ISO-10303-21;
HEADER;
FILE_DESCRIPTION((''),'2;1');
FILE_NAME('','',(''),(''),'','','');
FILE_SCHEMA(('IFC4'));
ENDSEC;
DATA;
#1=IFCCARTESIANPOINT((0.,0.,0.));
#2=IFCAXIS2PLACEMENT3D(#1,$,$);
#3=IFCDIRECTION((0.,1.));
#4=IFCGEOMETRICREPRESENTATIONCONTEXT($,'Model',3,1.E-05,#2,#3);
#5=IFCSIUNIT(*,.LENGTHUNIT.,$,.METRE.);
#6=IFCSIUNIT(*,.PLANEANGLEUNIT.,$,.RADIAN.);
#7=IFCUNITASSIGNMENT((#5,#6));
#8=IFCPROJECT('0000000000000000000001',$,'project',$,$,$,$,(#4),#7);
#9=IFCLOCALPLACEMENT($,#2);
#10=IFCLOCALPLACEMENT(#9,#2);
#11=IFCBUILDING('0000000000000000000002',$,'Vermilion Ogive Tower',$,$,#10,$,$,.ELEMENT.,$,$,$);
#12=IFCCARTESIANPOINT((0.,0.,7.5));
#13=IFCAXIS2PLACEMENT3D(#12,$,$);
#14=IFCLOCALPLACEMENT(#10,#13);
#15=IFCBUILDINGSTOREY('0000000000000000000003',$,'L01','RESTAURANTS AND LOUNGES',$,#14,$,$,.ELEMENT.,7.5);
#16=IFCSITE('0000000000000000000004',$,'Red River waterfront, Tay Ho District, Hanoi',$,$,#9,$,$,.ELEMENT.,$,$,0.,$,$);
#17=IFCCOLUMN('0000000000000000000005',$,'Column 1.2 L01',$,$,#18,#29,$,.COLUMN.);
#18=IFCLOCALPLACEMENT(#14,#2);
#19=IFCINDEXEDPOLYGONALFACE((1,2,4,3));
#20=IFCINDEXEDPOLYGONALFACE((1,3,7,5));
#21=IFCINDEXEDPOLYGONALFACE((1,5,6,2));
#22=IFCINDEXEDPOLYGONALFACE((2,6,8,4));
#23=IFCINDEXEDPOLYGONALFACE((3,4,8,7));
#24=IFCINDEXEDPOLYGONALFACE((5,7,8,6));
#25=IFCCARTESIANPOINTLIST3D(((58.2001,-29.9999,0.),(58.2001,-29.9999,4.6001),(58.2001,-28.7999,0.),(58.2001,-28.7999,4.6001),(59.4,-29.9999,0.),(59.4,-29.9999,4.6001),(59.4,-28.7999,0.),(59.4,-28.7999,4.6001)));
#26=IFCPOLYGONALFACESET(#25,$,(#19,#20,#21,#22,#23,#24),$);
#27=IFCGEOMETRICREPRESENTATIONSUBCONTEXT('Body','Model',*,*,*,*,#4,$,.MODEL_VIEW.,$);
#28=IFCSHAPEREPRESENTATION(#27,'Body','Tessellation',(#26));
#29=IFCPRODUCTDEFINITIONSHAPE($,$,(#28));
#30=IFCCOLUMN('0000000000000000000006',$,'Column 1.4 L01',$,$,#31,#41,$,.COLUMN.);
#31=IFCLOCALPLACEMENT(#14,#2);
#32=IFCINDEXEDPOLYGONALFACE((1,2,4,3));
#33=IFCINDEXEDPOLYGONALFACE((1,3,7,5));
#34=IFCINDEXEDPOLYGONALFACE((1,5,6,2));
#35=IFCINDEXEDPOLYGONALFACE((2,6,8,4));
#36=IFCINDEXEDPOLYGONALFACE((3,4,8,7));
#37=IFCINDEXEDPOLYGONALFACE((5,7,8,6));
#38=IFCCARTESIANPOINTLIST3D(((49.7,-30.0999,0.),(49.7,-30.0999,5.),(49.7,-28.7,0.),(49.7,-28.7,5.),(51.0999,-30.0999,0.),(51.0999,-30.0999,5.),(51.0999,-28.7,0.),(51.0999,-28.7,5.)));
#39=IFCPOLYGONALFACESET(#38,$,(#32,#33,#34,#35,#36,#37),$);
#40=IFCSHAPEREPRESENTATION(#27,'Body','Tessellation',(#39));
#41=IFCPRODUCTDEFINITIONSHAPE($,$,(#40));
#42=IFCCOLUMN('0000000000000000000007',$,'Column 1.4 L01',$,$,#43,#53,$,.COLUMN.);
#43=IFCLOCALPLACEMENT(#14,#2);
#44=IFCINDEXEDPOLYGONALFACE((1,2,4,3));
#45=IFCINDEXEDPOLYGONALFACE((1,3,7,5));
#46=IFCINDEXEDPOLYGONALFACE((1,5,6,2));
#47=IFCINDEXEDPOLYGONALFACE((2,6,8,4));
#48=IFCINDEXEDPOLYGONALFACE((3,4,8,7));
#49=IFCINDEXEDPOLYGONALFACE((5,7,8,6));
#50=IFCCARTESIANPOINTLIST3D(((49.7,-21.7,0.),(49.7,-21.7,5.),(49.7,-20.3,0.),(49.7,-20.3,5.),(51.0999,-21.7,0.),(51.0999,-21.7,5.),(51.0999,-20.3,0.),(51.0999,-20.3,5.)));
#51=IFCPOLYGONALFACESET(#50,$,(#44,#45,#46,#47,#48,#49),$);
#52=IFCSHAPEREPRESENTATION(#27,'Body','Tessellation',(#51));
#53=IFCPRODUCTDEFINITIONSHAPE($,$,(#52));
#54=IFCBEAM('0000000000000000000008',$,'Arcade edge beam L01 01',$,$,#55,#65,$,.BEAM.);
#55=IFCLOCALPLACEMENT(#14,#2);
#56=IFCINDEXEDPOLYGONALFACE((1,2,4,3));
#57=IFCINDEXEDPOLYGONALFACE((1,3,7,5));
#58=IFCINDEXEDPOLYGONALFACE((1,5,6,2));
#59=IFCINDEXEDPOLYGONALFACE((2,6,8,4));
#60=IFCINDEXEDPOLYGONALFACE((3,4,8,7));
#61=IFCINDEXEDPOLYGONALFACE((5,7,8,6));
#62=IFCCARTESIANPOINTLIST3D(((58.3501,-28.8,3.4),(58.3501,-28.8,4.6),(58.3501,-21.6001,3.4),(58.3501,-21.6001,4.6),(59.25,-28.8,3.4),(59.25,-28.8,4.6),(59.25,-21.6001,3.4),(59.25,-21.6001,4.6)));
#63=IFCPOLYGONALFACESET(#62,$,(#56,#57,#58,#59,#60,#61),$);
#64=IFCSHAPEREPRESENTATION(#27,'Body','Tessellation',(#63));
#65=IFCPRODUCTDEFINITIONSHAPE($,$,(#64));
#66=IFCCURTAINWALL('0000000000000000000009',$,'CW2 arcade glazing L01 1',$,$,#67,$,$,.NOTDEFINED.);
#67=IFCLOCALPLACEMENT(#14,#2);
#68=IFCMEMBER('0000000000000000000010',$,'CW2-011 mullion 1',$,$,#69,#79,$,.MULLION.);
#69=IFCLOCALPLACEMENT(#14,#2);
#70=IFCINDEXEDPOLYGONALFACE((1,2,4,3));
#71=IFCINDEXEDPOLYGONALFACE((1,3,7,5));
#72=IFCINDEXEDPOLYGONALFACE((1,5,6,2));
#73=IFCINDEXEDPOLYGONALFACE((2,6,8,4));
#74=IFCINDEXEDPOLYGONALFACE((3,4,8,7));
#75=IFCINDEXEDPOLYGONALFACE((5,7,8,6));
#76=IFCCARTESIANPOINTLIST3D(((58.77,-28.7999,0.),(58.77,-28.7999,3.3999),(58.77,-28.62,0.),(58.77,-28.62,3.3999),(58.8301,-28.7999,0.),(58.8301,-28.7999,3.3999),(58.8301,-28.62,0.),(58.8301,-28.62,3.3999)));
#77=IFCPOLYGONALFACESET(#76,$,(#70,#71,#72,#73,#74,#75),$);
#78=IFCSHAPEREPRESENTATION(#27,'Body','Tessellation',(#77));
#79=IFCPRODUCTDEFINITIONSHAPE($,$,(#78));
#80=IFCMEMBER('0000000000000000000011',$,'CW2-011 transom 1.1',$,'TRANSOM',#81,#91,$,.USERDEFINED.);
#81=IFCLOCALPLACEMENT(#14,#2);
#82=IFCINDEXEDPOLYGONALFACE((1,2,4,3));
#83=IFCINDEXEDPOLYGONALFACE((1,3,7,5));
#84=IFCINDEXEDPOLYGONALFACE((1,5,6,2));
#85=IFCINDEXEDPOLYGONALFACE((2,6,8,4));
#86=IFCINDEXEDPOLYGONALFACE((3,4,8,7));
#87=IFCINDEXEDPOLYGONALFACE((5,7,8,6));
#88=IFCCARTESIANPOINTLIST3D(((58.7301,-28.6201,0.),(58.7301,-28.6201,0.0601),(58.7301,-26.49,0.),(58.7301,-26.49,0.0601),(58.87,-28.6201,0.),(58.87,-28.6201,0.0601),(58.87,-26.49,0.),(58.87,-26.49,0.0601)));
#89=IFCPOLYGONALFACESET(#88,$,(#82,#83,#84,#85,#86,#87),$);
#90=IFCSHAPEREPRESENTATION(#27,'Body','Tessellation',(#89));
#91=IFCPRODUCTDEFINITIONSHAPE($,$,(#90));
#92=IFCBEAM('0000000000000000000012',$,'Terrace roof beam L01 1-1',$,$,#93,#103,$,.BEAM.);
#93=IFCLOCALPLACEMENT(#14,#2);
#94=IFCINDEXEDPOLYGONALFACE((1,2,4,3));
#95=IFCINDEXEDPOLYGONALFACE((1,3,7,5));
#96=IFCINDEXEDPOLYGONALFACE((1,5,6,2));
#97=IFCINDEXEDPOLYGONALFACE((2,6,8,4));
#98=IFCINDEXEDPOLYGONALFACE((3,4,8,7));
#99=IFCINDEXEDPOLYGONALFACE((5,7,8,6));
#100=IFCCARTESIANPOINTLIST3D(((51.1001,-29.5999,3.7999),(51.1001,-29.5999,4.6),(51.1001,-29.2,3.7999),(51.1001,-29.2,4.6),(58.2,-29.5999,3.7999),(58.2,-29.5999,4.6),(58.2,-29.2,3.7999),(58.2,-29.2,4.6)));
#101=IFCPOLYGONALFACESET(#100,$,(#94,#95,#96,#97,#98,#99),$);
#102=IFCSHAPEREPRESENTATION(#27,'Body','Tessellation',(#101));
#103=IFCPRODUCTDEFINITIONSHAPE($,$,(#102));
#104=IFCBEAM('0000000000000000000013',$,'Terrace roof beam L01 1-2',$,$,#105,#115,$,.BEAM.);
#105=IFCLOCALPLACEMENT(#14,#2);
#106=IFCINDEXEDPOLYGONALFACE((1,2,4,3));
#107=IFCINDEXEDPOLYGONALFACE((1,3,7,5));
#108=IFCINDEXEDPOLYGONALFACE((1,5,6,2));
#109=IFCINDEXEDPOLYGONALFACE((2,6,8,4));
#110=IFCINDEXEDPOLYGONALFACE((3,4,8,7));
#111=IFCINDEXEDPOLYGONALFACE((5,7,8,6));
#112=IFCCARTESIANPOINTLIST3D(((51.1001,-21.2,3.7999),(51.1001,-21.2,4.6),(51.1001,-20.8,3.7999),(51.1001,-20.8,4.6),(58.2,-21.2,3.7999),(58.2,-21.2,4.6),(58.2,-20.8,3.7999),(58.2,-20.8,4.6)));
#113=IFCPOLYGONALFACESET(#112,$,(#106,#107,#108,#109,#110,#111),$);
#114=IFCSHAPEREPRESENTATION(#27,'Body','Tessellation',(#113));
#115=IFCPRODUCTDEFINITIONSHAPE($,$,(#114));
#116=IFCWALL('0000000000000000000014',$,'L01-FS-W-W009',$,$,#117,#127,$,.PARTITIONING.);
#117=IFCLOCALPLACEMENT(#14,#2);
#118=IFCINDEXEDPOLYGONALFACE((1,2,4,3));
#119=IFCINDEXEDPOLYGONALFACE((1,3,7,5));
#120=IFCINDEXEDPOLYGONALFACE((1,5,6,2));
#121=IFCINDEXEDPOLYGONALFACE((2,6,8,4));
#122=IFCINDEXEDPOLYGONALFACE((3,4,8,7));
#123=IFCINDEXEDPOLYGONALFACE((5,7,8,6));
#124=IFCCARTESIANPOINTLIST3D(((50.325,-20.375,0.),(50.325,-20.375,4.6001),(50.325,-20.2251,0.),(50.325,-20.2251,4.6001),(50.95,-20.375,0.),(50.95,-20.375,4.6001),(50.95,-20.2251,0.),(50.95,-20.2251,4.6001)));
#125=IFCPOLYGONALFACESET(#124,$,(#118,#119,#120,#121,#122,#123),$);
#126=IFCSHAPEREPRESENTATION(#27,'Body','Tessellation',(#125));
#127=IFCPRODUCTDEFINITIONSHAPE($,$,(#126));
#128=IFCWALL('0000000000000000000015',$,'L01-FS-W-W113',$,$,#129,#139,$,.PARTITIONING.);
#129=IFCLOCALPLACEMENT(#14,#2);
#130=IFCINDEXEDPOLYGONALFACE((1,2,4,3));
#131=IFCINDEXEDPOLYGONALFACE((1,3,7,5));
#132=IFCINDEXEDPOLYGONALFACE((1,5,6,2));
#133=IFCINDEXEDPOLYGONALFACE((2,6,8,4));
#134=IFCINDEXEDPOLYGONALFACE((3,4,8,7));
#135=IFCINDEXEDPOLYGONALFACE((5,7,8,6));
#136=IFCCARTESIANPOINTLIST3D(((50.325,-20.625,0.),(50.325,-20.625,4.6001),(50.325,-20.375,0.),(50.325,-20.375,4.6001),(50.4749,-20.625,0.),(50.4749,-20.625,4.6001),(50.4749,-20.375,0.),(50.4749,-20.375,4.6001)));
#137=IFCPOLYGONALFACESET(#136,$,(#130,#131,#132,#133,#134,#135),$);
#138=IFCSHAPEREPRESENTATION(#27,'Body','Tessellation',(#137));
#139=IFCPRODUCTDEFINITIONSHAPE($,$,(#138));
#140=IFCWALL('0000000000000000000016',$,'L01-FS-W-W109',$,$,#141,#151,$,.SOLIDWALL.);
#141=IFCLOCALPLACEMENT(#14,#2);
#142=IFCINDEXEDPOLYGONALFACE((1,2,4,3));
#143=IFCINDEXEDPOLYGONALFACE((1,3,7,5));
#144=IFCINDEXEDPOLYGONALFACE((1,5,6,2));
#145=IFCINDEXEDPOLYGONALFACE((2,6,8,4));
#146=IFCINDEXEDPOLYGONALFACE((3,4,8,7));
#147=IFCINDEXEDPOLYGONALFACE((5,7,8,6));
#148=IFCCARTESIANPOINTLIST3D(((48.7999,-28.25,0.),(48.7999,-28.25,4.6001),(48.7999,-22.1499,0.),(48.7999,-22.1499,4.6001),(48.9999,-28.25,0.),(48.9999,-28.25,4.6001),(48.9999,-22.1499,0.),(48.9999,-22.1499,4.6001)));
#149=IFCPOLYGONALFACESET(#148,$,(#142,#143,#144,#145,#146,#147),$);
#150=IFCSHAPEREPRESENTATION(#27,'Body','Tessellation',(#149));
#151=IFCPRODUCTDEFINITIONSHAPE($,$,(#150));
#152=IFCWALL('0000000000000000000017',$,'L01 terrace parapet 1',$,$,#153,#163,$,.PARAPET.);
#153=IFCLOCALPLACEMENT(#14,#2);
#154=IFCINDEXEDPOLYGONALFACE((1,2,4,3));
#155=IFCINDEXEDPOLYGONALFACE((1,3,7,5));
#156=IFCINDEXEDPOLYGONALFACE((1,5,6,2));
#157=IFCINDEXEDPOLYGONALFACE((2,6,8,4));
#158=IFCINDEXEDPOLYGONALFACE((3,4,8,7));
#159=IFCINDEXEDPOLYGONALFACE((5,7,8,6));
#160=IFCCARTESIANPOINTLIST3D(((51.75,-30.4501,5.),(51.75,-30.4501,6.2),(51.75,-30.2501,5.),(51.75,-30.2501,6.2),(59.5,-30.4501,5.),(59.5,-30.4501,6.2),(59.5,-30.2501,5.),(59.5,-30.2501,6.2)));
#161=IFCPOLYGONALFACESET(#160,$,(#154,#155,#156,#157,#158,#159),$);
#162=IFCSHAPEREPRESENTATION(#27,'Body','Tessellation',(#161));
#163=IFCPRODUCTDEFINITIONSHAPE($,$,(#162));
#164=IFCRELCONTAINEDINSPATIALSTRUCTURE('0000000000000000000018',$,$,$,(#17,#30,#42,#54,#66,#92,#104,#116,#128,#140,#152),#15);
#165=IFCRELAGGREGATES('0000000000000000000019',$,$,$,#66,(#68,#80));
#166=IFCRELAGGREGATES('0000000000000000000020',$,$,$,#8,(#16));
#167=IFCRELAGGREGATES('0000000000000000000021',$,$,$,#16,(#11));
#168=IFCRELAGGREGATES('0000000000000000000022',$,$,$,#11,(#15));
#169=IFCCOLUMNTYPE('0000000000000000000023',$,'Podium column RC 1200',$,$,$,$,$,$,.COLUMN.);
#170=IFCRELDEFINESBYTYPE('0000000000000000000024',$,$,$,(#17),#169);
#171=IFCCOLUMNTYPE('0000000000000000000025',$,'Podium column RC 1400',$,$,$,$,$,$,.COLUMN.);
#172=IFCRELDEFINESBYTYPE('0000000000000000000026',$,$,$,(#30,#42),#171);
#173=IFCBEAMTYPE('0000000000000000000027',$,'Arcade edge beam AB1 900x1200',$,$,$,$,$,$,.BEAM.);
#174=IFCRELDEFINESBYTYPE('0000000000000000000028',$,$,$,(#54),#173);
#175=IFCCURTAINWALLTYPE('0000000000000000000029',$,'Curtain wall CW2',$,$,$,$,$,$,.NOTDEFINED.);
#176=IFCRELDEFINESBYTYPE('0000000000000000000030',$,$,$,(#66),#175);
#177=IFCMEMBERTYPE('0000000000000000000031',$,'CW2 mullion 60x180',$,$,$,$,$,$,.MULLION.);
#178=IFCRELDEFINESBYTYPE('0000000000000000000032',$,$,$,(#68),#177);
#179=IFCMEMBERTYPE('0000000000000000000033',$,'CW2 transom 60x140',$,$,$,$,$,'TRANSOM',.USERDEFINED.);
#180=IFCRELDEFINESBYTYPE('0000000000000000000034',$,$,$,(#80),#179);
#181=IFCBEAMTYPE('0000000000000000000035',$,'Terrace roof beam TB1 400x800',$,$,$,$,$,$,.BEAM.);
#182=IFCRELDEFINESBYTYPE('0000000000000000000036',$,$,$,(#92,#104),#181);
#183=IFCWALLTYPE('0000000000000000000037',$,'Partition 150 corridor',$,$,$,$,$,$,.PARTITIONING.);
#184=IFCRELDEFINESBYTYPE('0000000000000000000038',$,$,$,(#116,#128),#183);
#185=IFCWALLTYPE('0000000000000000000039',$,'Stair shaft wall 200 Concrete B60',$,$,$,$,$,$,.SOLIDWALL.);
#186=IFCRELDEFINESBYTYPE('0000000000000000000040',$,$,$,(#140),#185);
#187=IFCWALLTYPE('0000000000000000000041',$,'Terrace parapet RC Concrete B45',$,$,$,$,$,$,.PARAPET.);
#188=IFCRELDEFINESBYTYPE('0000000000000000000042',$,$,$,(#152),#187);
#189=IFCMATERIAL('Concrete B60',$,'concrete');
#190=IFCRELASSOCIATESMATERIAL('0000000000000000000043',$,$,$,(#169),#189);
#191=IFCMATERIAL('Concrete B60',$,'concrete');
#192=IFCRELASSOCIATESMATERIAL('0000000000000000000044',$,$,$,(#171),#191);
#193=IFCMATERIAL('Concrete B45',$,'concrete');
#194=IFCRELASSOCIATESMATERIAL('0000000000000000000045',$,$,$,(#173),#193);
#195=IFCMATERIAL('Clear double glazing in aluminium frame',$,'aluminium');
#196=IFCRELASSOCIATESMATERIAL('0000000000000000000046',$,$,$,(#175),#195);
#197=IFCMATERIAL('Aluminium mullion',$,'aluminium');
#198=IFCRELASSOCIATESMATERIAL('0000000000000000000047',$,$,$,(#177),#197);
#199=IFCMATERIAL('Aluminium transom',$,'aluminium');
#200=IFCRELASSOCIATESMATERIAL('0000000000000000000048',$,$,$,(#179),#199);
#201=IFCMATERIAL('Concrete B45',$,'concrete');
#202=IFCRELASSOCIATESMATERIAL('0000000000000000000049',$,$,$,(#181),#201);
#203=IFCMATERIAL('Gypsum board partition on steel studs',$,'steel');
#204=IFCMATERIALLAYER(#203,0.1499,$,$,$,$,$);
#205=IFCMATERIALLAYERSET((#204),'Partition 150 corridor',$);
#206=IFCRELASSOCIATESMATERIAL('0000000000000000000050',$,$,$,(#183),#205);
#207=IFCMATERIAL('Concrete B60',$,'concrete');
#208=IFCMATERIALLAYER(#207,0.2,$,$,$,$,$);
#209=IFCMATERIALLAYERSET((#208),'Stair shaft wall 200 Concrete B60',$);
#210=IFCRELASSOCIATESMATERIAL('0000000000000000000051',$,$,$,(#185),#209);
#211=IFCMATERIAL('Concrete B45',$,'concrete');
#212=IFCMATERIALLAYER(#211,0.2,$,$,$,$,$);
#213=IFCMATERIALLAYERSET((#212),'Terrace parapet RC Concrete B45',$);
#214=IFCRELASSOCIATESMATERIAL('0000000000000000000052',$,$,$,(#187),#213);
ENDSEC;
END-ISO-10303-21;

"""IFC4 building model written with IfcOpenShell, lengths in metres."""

from ifc_helpers import new_model, si_unit, direction, frame, frame_2d, origin, origin_2d, place, context, subcontext, project, spatial, rectangle, extrude, material, layer, layer_set, material_profile, profile_set, type_object, element, aggregate, save


model = new_model("IFC4")

# Units and contexts
model_context = context("Model", 3, precision=1e-05, world=origin(), true_north=direction((0.0, 1.0)))
body_context = subcontext(model_context, "Body", "Model", "MODEL_VIEW")
ifc_project = project(units=[si_unit("LENGTHUNIT", "METRE"), si_unit("PLANEANGLEUNIT", "RADIAN")], contexts=[model_context])

# Site, building, storey
site_placement = place(None, origin())
site = spatial("IfcSite", under=ifc_project, at=site_placement, Name="Red River waterfront, Tay Ho District, Hanoi", CompositionType="ELEMENT", RefElevation=0.0)
building_placement = place(site_placement, origin())
building = spatial("IfcBuilding", under=site, at=building_placement, Name="Vermilion Ogive Tower", CompositionType="ELEMENT")
storey_placement = place(building_placement, frame((0.0, 0.0, 7.5)))
storey = spatial("IfcBuildingStorey", under=building, at=storey_placement, Name="L01", Description="RESTAURANTS AND LOUNGES", CompositionType="ELEMENT", Elevation=7.5)

# Columns
ifc_material_1 = material(Name="Concrete B60", Category="concrete")
ifc_material_profile_1 = material_profile(ifc_material_1, rectangle(XDim=1.2, YDim=1.2, at=origin_2d()), Name="RC 1200x1200")
ifc_profile_set_1 = profile_set([ifc_material_profile_1], Name="Concrete B60")
column_type_1 = type_object("IfcColumnType", Name="Podium column RC 1200", PredefinedType="COLUMN", material=ifc_profile_set_1)
column_placement = place(storey_placement, frame((58.8, -29.3999, 0.0), z_axis=(0.0, 0.0, 1.0), x_axis=(1.0, 0.0, 0.0)))
element("IfcColumn", 1, at=column_placement, inside=storey, type_object=column_type_1, Name="Column 1.2 L01", PredefinedType="COLUMN", context=body_context, shape_type="SweptSolid", body=[
    extrude(rectangle(XDim=1.2, YDim=1.2, at=origin_2d()), origin(), (0.0, 0.0, 1.0), 4.6001),
])
ifc_material_2 = material(Name="Concrete B60", Category="concrete")
ifc_material_profile_2 = material_profile(ifc_material_2, rectangle(XDim=1.3999, YDim=1.3999, at=origin_2d()), Name="RC 1400x1400")
ifc_profile_set_2 = profile_set([ifc_material_profile_2], Name="Concrete B60")
column_type_2 = type_object("IfcColumnType", Name="Podium column RC 1400", PredefinedType="COLUMN", material=ifc_profile_set_2)
for number, where, z_axis, x_axis, name in (
    (2, (50.3999, -29.3999, 0.0), (0.0, 0.0, 1.0), (1.0, 0.0, 0.0), "Column 1.4 L01"),
    (3, (50.3999, -21.0, 0.0), (0.0, 0.0, 1.0), (1.0, 0.0, 0.0), "Column 1.4 L01"),
):
    element("IfcColumn", number, at=place(storey_placement, frame(where, z_axis=z_axis, x_axis=x_axis)), inside=storey, type_object=column_type_2, Name=name, PredefinedType="COLUMN", context=body_context, shape_type="SweptSolid", body=[
        extrude(rectangle(XDim=1.3999, YDim=1.3999, at=origin_2d()), origin(), (0.0, 0.0, 1.0), 5.0),
    ])

# Beam
ifc_material_3 = material(Name="Concrete B45", Category="concrete")
ifc_material_profile_3 = material_profile(ifc_material_3, rectangle(XDim=0.8999, YDim=1.2, at=origin_2d()), Name="RC 900x1200")
ifc_profile_set_3 = profile_set([ifc_material_profile_3], Name="Concrete B45")
beam_type_1 = type_object("IfcBeamType", Name="Arcade edge beam AB1 900x1200", PredefinedType="BEAM", material=ifc_profile_set_3)
beam_placement = place(storey_placement, frame((58.8, -28.8, 4.0), z_axis=(0.0, 1.0, 0.0), x_axis=(-1.0, 0.0, 0.0)))
element("IfcBeam", 4, at=beam_placement, inside=storey, type_object=beam_type_1, Name="Arcade edge beam L01 01", PredefinedType="BEAM", context=body_context, shape_type="SweptSolid", body=[
    extrude(rectangle(XDim=0.8999, YDim=1.2, at=origin_2d()), origin(), (0.0, 0.0, 1.0), 7.2),
])

# Curtain wall, members
ifc_material_4 = material(Name="Clear double glazing in aluminium frame", Category="aluminium")
curtain_wall_type = type_object("IfcCurtainWallType", Name="Curtain wall CW2", PredefinedType="NOTDEFINED", material=ifc_material_4)
curtain_wall_placement = place(storey_placement, origin())
curtain_wall = element("IfcCurtainWall", 5, at=curtain_wall_placement, inside=storey, type_object=curtain_wall_type, Name="CW2 arcade glazing L01 1", PredefinedType="NOTDEFINED")
ifc_material_5 = material(Name="Aluminium mullion", Category="aluminium")
ifc_material_profile_4 = material_profile(ifc_material_5, rectangle(XDim=0.0601, YDim=0.1799, at=origin_2d()), Name="AL 60x180")
ifc_profile_set_4 = profile_set([ifc_material_profile_4], Name="Aluminium mullion")
member_type_1 = type_object("IfcMemberType", Name="CW2 mullion 60x180", PredefinedType="MULLION", material=ifc_profile_set_4)
member_1_placement = place(storey_placement, frame((58.8, -28.71, 0.0), z_axis=(0.0, 0.0, 1.0), x_axis=(-1.0, 0.0, 0.0)))
member_1 = element("IfcMember", 6, at=member_1_placement, type_object=member_type_1, Name="CW2-011 mullion 1", PredefinedType="MULLION", context=body_context, shape_type="SweptSolid", body=[
    extrude(rectangle(XDim=0.0601, YDim=0.1799, at=origin_2d()), origin(), (0.0, 0.0, 1.0), 3.3999),
])
ifc_material_6 = material(Name="Aluminium transom", Category="aluminium")
ifc_material_profile_5 = material_profile(ifc_material_6, rectangle(XDim=0.1399, YDim=0.0601, at=origin_2d()), Name="AL 60x140")
ifc_profile_set_5 = profile_set([ifc_material_profile_5], Name="Aluminium transom")
member_type_2 = type_object("IfcMemberType", Name="CW2 transom 60x140", ElementType="TRANSOM", PredefinedType="USERDEFINED", material=ifc_profile_set_5)
member_2_placement = place(storey_placement, frame((58.8, -28.6201, 0.03), z_axis=(0.0, 1.0, 0.0), x_axis=(-1.0, 0.0, 0.0)))
member_2 = element("IfcMember", 7, at=member_2_placement, type_object=member_type_2, Name="CW2-011 transom 1.1", ObjectType="TRANSOM", PredefinedType="USERDEFINED", context=body_context, shape_type="SweptSolid", body=[
    extrude(rectangle(XDim=0.1399, YDim=0.0601, at=origin_2d()), origin(), (0.0, 0.0, 1.0), 2.1301),
])
aggregate(curtain_wall, [member_1, member_2])

# Beams
ifc_material_7 = material(Name="Concrete B45", Category="concrete")
ifc_material_profile_6 = material_profile(ifc_material_7, rectangle(XDim=0.3999, YDim=0.8, at=origin_2d()), Name="RC 400x800")
ifc_profile_set_6 = profile_set([ifc_material_profile_6], Name="Concrete B45")
beam_type_2 = type_object("IfcBeamType", Name="Terrace roof beam TB1 400x800", PredefinedType="BEAM", material=ifc_profile_set_6)
for number, where, z_axis, x_axis, name in (
    (8, (58.2, -29.3999, 4.2), (-1.0, 0.0, 0.0), (0.0, -1.0, 0.0), "Terrace roof beam L01 1-1"),
    (9, (58.2, -21.0, 4.2), (-1.0, 0.0, 0.0), (0.0, -1.0, 0.0), "Terrace roof beam L01 1-2"),
):
    element("IfcBeam", number, at=place(storey_placement, frame(where, z_axis=z_axis, x_axis=x_axis)), inside=storey, type_object=beam_type_2, Name=name, PredefinedType="BEAM", context=body_context, shape_type="SweptSolid", body=[
        extrude(rectangle(XDim=0.3999, YDim=0.8, at=origin_2d()), origin(), (0.0, 0.0, 1.0), 7.0999),
    ])

# Walls
ifc_material_8 = material(Name="Gypsum board partition on steel studs", Category="steel")
ifc_layer_1 = layer(ifc_material_8, 0.1499)
ifc_layer_set_1 = layer_set([ifc_layer_1], Name="Partition 150 corridor")
wall_type_1 = type_object("IfcWallType", Name="Partition 150 corridor", PredefinedType="PARTITIONING", material=ifc_layer_set_1)
wall_1_placement = place(storey_placement, frame((50.325, -20.3, 0.0), z_axis=(0.0, 0.0, 1.0), x_axis=(1.0, 0.0, 0.0)))
element("IfcWall", 10, at=wall_1_placement, inside=storey, type_object=wall_type_1, Name="L01-FS-W-W009", PredefinedType="PARTITIONING", context=body_context, shape_type="SweptSolid", body=[
    extrude(rectangle(XDim=0.625, YDim=0.1499, at=frame_2d((0.3125, 0.0))), origin(), (0.0, 0.0, 1.0), 4.6001),
])
wall_2_placement = place(storey_placement, frame((50.3999, -20.625, 0.0), z_axis=(0.0, 0.0, 1.0), x_axis=(0.0, 1.0, 0.0)))
element("IfcWall", 11, at=wall_2_placement, inside=storey, type_object=wall_type_1, Name="L01-FS-W-W113", PredefinedType="PARTITIONING", context=body_context, shape_type="SweptSolid", body=[
    extrude(rectangle(XDim=0.25, YDim=0.1499, at=frame_2d((0.125, 0.0))), origin(), (0.0, 0.0, 1.0), 4.6001),
])
ifc_material_9 = material(Name="Concrete B60", Category="concrete")
ifc_layer_2 = layer(ifc_material_9, 0.2)
ifc_layer_set_2 = layer_set([ifc_layer_2], Name="Stair shaft wall 200 Concrete B60")
wall_type_2 = type_object("IfcWallType", Name="Stair shaft wall 200 Concrete B60", PredefinedType="SOLIDWALL", material=ifc_layer_set_2)
wall_3_placement = place(storey_placement, frame((48.8999, -28.25, 0.0), z_axis=(0.0, 0.0, 1.0), x_axis=(0.0, 1.0, 0.0)))
element("IfcWall", 12, at=wall_3_placement, inside=storey, type_object=wall_type_2, Name="L01-FS-W-W109", PredefinedType="SOLIDWALL", context=body_context, shape_type="SweptSolid", body=[
    extrude(rectangle(XDim=6.1001, YDim=0.2, at=frame_2d((3.05, 0.0))), origin(), (0.0, 0.0, 1.0), 4.6001),
])
ifc_material_10 = material(Name="Concrete B45", Category="concrete")
ifc_layer_3 = layer(ifc_material_10, 0.2)
ifc_layer_set_3 = layer_set([ifc_layer_3], Name="Terrace parapet RC Concrete B45")
wall_type_3 = type_object("IfcWallType", Name="Terrace parapet RC Concrete B45", PredefinedType="PARAPET", material=ifc_layer_set_3)
wall_4_placement = place(storey_placement, frame((51.75, -30.3501, 5.0), z_axis=(0.0, 0.0, 1.0), x_axis=(1.0, 0.0, 0.0)))
element("IfcWall", 13, at=wall_4_placement, inside=storey, type_object=wall_type_3, Name="L01 terrace parapet 1", PredefinedType="PARAPET", context=body_context, shape_type="SweptSolid", body=[
    extrude(rectangle(XDim=7.75, YDim=0.2, at=frame_2d((3.875, 0.0))), origin(), (0.0, 0.0, 1.0), 1.2),
])

save(model, "model.ifc")
